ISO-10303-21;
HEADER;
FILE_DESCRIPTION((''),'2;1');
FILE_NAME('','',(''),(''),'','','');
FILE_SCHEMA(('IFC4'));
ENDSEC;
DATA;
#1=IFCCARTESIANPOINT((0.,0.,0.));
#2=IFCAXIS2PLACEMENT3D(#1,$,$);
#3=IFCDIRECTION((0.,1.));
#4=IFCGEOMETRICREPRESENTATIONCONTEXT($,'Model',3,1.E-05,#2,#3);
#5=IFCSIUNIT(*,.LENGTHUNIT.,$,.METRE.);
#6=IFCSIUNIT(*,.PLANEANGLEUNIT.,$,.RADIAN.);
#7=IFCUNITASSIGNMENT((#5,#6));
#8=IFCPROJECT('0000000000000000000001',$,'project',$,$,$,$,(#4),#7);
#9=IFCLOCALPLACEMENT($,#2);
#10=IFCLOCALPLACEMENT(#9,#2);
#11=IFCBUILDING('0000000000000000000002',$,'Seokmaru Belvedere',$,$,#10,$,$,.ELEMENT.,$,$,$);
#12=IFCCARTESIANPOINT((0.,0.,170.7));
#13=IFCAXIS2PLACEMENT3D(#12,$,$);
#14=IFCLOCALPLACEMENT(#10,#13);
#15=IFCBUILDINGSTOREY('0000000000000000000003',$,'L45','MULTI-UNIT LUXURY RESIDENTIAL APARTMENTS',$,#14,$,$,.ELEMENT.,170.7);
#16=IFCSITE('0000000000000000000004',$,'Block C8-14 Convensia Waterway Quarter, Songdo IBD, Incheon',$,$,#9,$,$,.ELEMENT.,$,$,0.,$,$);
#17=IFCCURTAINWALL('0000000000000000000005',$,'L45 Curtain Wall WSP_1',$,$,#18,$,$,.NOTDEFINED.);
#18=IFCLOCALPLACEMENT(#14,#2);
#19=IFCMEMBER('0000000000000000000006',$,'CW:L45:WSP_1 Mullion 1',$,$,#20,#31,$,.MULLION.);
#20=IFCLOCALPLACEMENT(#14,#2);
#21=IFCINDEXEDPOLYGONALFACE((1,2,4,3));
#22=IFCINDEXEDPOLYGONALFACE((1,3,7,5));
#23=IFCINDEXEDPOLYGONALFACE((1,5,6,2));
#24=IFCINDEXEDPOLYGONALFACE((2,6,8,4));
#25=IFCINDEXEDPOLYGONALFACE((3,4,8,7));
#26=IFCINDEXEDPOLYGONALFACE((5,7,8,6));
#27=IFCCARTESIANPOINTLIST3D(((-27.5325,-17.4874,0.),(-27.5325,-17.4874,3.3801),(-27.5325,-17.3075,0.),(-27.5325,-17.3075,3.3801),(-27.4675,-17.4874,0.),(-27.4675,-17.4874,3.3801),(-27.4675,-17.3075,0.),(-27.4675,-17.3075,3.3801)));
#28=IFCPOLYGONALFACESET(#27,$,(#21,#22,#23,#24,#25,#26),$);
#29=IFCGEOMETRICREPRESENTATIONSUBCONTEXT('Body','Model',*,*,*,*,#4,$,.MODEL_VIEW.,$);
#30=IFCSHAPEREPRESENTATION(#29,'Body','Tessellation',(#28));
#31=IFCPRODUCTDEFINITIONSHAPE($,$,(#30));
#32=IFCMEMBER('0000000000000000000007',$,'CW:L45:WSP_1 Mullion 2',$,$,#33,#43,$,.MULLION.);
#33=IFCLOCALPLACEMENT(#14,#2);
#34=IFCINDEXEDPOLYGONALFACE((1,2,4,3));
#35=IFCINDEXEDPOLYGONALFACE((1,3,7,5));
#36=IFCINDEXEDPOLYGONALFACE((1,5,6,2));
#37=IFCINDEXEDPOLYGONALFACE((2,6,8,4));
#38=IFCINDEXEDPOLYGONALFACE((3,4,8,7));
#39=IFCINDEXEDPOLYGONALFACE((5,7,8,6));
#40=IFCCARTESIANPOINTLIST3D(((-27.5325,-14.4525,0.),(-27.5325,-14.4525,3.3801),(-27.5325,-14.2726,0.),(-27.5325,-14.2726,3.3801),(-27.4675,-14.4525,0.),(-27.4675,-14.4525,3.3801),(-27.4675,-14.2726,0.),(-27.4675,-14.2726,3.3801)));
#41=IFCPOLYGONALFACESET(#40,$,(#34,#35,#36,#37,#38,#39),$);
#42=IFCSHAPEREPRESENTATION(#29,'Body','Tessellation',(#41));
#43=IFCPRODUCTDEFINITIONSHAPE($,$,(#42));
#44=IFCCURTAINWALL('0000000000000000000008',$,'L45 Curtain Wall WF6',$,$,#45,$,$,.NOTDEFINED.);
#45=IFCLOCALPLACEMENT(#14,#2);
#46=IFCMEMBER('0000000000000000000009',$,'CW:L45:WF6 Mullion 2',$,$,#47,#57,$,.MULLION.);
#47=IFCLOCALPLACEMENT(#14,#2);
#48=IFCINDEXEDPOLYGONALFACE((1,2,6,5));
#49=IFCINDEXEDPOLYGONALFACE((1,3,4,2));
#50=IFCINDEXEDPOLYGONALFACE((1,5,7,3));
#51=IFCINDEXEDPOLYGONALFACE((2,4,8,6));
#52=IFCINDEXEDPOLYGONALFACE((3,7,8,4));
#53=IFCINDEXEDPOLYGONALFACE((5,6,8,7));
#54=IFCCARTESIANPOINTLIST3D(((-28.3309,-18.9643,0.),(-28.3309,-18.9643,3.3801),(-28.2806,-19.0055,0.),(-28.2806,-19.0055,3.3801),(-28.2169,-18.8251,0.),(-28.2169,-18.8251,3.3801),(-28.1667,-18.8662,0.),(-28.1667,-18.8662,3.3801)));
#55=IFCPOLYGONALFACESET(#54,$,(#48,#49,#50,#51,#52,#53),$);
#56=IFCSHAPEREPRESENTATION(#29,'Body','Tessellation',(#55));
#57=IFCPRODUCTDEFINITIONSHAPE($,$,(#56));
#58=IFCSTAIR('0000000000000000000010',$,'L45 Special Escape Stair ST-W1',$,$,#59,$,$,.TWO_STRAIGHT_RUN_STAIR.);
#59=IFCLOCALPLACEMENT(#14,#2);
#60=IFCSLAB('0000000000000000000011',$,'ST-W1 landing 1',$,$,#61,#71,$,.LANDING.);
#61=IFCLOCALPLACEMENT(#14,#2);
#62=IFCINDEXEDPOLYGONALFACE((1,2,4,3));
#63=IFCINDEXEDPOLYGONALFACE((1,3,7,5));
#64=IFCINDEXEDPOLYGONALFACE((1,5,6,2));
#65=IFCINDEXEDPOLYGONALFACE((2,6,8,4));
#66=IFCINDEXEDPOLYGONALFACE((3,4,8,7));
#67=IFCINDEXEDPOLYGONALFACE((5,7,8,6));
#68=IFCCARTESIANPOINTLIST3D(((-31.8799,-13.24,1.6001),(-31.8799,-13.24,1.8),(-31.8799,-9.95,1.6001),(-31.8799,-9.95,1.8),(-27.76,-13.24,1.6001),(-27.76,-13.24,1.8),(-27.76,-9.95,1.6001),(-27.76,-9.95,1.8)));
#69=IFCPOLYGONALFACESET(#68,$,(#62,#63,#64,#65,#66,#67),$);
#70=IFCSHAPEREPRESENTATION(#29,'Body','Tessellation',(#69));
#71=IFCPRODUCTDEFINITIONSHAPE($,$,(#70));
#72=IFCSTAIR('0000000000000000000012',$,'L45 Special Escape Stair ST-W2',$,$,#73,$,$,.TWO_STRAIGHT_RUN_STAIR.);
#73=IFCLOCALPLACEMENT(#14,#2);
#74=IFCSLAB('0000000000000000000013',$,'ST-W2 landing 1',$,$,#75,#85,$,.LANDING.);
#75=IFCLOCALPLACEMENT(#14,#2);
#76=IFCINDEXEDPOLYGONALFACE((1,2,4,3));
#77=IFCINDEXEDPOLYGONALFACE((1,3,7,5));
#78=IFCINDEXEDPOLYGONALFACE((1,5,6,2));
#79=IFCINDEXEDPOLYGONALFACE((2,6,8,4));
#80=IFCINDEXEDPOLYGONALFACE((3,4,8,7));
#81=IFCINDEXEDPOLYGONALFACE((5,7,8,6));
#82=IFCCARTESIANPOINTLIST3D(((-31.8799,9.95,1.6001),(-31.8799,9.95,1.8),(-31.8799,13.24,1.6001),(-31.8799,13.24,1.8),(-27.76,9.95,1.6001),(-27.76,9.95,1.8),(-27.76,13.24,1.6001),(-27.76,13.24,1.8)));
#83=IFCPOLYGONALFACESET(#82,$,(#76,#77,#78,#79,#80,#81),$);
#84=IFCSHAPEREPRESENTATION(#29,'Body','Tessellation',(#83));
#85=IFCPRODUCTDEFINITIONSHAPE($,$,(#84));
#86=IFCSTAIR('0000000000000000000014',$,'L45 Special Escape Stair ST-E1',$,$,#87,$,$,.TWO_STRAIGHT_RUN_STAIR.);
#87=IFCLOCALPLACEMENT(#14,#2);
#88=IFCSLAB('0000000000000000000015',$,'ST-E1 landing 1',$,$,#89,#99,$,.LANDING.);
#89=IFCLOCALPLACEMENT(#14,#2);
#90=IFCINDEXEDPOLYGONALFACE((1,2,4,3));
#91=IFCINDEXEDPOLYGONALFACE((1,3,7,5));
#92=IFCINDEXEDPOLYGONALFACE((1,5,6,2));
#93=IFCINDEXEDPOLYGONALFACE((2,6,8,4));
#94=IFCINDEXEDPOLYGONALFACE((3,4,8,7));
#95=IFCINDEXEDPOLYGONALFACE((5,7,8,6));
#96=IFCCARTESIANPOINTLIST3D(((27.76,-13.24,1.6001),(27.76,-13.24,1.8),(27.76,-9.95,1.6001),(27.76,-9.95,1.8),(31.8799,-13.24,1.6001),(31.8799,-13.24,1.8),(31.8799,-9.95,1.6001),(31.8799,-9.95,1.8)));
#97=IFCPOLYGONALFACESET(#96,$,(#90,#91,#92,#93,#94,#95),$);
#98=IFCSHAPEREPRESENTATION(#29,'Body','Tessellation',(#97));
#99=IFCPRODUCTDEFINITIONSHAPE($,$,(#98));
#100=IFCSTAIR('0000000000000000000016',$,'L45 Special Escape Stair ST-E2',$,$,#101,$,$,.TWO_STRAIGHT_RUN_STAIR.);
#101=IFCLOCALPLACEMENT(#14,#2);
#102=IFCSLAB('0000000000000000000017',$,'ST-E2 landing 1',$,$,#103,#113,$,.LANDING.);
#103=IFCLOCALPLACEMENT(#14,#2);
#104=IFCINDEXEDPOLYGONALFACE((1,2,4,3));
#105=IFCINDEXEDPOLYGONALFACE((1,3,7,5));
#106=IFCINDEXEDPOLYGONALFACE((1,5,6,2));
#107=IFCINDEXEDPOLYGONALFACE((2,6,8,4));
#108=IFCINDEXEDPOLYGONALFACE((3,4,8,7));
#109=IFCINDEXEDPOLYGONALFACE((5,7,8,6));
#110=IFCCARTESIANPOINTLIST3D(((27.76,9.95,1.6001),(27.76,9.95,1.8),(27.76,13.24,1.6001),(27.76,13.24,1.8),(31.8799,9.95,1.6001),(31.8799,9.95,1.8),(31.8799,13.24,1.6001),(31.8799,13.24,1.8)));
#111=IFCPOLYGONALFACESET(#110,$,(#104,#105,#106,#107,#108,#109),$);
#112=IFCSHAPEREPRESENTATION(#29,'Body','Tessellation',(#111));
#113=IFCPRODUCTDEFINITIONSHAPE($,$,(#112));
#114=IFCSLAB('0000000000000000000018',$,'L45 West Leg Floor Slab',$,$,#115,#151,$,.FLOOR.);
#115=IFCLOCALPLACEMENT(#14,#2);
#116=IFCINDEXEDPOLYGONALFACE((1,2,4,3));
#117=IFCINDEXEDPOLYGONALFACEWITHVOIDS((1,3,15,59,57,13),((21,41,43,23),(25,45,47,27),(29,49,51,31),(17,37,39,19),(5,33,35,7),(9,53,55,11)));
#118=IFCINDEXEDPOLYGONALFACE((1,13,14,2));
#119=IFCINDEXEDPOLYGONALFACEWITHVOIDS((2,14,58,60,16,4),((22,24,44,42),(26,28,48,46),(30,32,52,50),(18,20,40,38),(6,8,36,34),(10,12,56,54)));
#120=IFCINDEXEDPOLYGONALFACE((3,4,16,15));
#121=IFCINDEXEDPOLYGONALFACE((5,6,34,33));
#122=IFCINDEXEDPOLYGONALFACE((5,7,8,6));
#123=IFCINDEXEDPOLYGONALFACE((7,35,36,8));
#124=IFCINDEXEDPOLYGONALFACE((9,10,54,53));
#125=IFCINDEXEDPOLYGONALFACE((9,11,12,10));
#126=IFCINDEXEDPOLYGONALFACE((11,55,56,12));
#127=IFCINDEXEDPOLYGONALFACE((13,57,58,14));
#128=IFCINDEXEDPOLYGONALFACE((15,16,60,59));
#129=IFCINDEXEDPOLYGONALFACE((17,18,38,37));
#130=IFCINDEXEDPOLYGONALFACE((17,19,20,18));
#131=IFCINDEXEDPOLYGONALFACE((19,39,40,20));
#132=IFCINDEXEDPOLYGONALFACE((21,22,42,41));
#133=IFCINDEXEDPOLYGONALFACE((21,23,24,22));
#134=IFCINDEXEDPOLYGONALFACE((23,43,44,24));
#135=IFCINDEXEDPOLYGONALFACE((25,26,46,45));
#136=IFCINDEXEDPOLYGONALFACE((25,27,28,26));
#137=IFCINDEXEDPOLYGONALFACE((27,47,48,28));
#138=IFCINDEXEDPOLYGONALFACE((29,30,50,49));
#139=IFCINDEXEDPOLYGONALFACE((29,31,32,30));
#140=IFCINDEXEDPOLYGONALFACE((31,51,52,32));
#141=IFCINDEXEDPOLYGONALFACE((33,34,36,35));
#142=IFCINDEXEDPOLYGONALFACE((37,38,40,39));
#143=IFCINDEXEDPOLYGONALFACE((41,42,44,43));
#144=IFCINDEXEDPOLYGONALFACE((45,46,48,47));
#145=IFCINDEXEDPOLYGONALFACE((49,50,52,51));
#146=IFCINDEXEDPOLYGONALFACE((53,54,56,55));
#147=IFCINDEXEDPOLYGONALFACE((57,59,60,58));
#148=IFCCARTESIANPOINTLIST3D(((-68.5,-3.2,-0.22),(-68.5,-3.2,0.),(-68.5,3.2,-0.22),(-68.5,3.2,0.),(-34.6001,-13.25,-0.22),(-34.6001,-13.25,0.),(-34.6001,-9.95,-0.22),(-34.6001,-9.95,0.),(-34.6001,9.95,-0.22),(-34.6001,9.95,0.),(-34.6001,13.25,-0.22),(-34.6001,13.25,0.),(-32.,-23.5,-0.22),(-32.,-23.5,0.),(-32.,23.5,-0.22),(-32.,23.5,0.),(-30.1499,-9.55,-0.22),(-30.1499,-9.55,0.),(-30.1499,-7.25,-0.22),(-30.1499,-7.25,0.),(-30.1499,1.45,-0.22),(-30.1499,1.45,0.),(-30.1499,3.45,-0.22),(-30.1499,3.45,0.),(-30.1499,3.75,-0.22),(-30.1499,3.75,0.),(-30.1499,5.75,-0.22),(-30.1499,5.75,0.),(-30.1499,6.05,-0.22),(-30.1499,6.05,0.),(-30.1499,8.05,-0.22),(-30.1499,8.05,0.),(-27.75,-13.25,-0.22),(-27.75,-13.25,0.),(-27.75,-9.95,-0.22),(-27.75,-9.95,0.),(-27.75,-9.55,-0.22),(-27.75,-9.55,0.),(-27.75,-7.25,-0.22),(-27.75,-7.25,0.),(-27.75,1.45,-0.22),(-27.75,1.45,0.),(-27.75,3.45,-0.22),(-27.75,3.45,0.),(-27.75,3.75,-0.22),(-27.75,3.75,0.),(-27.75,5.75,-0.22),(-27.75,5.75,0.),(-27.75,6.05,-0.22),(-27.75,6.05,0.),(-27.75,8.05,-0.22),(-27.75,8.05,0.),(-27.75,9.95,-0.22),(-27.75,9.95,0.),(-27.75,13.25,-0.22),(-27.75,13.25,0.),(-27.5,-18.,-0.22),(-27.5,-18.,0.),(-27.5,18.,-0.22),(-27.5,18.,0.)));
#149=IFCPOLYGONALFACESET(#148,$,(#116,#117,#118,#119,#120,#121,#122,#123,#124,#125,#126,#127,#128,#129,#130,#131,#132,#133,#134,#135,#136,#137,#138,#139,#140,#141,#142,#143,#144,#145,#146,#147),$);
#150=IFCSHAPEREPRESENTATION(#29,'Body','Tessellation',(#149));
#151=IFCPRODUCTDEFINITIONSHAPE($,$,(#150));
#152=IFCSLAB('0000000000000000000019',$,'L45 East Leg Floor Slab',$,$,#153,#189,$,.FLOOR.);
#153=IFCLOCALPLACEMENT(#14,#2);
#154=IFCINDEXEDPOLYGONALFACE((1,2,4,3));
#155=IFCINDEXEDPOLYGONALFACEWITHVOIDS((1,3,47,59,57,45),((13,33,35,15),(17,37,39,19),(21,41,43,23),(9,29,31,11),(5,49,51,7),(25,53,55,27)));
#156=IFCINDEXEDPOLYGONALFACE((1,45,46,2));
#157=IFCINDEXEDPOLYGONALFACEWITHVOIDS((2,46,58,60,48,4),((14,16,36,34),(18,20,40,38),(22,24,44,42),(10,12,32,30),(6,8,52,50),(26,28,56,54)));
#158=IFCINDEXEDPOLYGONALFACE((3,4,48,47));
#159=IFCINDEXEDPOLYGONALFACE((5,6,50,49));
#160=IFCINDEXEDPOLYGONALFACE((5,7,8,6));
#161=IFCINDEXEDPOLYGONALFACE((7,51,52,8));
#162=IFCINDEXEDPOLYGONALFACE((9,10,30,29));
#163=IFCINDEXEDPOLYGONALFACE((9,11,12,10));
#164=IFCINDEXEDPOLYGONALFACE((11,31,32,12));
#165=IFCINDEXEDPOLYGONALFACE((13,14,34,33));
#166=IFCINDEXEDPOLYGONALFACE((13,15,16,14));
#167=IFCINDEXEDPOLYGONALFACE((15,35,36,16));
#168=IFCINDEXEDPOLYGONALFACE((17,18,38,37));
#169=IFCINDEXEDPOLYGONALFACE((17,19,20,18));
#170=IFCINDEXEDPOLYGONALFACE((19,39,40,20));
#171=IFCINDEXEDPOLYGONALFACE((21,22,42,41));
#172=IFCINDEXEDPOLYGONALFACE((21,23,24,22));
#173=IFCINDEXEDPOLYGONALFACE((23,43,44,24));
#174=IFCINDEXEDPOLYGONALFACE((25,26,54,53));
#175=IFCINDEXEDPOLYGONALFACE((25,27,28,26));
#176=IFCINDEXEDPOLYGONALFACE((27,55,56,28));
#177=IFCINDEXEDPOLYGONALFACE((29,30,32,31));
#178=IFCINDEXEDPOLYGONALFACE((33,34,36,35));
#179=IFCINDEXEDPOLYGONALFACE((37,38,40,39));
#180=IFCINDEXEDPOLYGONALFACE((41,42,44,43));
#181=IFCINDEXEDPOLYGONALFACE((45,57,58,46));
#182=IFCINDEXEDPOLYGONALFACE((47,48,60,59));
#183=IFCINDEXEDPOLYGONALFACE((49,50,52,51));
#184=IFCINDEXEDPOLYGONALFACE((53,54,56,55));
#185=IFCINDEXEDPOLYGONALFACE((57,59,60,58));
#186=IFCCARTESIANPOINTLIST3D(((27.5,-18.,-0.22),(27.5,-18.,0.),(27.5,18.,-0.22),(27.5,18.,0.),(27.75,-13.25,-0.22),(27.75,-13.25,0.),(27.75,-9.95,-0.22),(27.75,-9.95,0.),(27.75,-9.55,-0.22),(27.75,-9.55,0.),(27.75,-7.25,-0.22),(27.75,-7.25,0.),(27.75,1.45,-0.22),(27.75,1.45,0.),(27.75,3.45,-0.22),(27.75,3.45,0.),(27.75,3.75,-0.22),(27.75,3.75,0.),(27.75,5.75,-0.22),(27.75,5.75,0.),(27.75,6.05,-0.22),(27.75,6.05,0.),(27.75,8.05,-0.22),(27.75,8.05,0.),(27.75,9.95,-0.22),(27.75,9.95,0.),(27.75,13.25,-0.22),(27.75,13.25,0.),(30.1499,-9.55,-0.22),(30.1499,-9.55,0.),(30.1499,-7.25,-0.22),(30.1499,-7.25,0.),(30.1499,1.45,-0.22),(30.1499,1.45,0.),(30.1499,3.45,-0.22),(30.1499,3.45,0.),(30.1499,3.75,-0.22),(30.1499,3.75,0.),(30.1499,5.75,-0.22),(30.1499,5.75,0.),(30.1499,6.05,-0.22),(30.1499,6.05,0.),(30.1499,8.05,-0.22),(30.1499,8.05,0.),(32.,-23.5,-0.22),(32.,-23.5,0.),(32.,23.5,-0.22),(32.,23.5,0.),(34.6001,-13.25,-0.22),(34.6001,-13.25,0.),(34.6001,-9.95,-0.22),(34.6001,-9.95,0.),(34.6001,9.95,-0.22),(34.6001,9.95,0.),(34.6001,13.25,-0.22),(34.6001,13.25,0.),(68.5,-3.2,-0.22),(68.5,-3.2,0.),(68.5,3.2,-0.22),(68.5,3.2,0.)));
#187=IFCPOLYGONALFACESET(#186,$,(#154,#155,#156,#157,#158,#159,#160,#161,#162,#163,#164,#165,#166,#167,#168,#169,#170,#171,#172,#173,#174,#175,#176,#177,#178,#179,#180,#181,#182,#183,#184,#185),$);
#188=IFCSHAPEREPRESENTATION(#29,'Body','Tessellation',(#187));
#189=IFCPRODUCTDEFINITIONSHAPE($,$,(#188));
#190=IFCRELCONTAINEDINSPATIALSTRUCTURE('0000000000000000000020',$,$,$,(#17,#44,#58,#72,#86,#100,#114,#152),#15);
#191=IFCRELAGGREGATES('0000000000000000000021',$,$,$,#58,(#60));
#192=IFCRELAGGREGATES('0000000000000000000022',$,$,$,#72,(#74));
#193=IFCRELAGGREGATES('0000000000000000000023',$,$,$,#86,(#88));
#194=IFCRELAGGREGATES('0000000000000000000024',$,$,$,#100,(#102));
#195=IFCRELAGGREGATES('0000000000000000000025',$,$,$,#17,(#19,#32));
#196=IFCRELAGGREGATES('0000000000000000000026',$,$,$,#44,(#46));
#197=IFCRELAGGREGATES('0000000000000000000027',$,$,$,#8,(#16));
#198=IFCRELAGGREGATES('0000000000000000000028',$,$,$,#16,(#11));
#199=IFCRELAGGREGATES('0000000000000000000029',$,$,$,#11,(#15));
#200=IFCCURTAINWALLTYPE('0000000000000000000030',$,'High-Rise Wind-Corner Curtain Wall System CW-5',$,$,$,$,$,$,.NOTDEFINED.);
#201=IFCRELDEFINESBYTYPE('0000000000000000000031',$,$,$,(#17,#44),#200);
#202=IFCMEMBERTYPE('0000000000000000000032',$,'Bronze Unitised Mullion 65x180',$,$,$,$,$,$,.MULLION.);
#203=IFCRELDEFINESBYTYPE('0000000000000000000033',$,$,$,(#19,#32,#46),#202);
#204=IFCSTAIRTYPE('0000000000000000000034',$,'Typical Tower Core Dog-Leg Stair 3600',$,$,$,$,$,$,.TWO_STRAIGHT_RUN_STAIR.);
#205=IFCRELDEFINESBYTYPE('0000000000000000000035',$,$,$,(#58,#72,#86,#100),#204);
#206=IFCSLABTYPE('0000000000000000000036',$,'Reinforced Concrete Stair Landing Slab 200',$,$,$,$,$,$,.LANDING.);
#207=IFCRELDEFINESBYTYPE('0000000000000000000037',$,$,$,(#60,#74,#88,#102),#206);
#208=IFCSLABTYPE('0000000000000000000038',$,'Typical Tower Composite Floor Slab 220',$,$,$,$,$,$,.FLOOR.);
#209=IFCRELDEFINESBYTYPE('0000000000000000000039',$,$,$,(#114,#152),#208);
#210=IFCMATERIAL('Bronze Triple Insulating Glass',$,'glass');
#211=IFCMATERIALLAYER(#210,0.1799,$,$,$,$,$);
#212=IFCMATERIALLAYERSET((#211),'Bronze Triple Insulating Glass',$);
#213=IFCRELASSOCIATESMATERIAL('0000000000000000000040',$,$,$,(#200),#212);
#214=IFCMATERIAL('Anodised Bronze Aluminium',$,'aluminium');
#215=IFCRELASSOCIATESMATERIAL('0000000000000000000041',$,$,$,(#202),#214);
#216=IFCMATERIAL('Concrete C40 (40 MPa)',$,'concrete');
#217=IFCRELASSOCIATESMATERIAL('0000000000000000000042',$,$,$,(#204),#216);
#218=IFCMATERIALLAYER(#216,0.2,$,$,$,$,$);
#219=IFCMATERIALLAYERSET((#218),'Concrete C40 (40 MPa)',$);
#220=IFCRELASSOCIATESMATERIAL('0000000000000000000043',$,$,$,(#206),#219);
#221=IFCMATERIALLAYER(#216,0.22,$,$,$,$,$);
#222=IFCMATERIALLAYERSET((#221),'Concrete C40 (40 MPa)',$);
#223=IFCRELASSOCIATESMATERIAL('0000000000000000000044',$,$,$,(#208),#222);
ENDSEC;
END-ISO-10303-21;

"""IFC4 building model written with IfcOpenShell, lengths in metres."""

from ifc_helpers import new_model, si_unit, direction, frame, origin, origin_2d, place, context, subcontext, project, spatial, polyline, rectangle, outline, extrude, source, transform, mapped, material, layer, layer_set, material_profile, profile_set, type_object, type_shapes, element, aggregate, save


model = new_model("IFC4")

# Units and contexts
model_context = context("Model", 3, precision=1e-05, world=origin(), true_north=direction((0.0, 1.0)))
body_context = subcontext(model_context, "Body", "Model", "MODEL_VIEW")
ifc_project = project(units=[si_unit("LENGTHUNIT", "METRE"), si_unit("PLANEANGLEUNIT", "RADIAN")], contexts=[model_context])

# Site, building, storey
site_placement = place(None, origin())
site = spatial("IfcSite", under=ifc_project, at=site_placement, Name="Block C8-14 Convensia Waterway Quarter, Songdo IBD, Incheon", CompositionType="ELEMENT", RefElevation=0.0)
building_placement = place(site_placement, origin())
building = spatial("IfcBuilding", under=site, at=building_placement, Name="Seokmaru Belvedere", CompositionType="ELEMENT")
storey_placement = place(building_placement, frame((0.0, 0.0, 170.7)))
storey = spatial("IfcBuildingStorey", under=building, at=storey_placement, Name="L45", Description="MULTI-UNIT LUXURY RESIDENTIAL APARTMENTS", CompositionType="ELEMENT", Elevation=170.7)

# Curtain wall, members
ifc_material_1 = material(Name="Bronze Triple Insulating Glass", Category="glass")
ifc_layer_1 = layer(ifc_material_1, 0.1799)
ifc_layer_set_1 = layer_set([ifc_layer_1], Name="Bronze Triple Insulating Glass")
curtain_wall_type = type_object("IfcCurtainWallType", Name="High-Rise Wind-Corner Curtain Wall System CW-5", PredefinedType="NOTDEFINED", material=ifc_layer_set_1)
curtain_wall_1_placement = place(storey_placement, origin())
curtain_wall_1 = element("IfcCurtainWall", 1, at=curtain_wall_1_placement, inside=storey, type_object=curtain_wall_type, Name="L45 Curtain Wall WSP_1", PredefinedType="NOTDEFINED")
ifc_material_2 = material(Name="Anodised Bronze Aluminium", Category="aluminium")
ifc_material_profile_1 = material_profile(ifc_material_2, rectangle(XDim=0.0649, YDim=0.1799, at=origin_2d()), Name="CW-M-65x180")
ifc_profile_set_1 = profile_set([ifc_material_profile_1], Name="Anodised Bronze Aluminium")
member_type_1 = type_object("IfcMemberType", Name="Bronze Unitised Mullion 65x180", PredefinedType="MULLION", material=ifc_profile_set_1)
shared_shape_1 = source(origin(), body_context, "Body", "SweptSolid", [
    extrude(rectangle(XDim=0.0649, YDim=0.1799, at=origin_2d()), origin(), (0.0, 0.0, 1.0), 3.3801),
])
type_shapes(member_type_1, [shared_shape_1])
member_1_placement = place(storey_placement, frame((-27.5, -17.3975, 0.0), z_axis=(0.0, 0.0, 1.0), x_axis=(-1.0, 0.0, 0.0)))
member_1 = element("IfcMember", 2, at=member_1_placement, type_object=member_type_1, Name="CW:L45:WSP_1 Mullion 1", PredefinedType="MULLION", context=body_context, shape_type="MappedRepresentation", body=[
    mapped(shared_shape_1, transform((0.0, 0.0, 0.0), scale=1.0)),
])
member_2_placement = place(storey_placement, frame((-27.5, -14.3625, 0.0), z_axis=(0.0, 0.0, 1.0), x_axis=(-1.0, 0.0, 0.0)))
member_2 = element("IfcMember", 3, at=member_2_placement, type_object=member_type_1, Name="CW:L45:WSP_1 Mullion 2", PredefinedType="MULLION", context=body_context, shape_type="MappedRepresentation", body=[
    mapped(shared_shape_1, transform((0.0, 0.0, 0.0), scale=1.0)),
])

# Curtain wall, member
curtain_wall_2_placement = place(storey_placement, origin())
curtain_wall_2 = element("IfcCurtainWall", 4, at=curtain_wall_2_placement, inside=storey, type_object=curtain_wall_type, Name="L45 Curtain Wall WF6", PredefinedType="NOTDEFINED")
member_3_placement = place(storey_placement, frame((-28.2488, -18.9153, 0.0), z_axis=(0.0, 0.0, 1.0), x_axis=(-0.773944, 0.633254, 0.0)))
member_3 = element("IfcMember", 5, at=member_3_placement, type_object=member_type_1, Name="CW:L45:WF6 Mullion 2", PredefinedType="MULLION", context=body_context, shape_type="MappedRepresentation", body=[
    mapped(shared_shape_1, transform((0.0, 0.0, 0.0), scale=1.0)),
])

# Stairs, slabs
ifc_material_3 = material(Name="Concrete C40 (40 MPa)", Category="concrete")
stair_type = type_object("IfcStairType", Name="Typical Tower Core Dog-Leg Stair 3600", PredefinedType="TWO_STRAIGHT_RUN_STAIR", material=ifc_material_3)
stair_1_placement = place(storey_placement, origin())
stair_1 = element("IfcStair", 6, at=stair_1_placement, inside=storey, type_object=stair_type, Name="L45 Special Escape Stair ST-W1", PredefinedType="TWO_STRAIGHT_RUN_STAIR")
ifc_layer_2 = layer(ifc_material_3, 0.2)
ifc_layer_set_2 = layer_set([ifc_layer_2], Name="Concrete C40 (40 MPa)")
slab_type_1 = type_object("IfcSlabType", Name="Reinforced Concrete Stair Landing Slab 200", PredefinedType="LANDING", material=ifc_layer_set_2)
slab_1_placement = place(storey_placement, frame((0.0, 0.0, 1.6001)))
slab_1 = element("IfcSlab", 7, at=slab_1_placement, type_object=slab_type_1, Name="ST-W1 landing 1", PredefinedType="LANDING", context=body_context, shape_type="SweptSolid", body=[
    extrude(outline(polyline([(-31.8799, -13.24), (-27.76, -13.24), (-27.76, -9.95), (-31.8799, -9.95), (-31.8799, -13.24)])), origin(), (0.0, 0.0, 1.0), 0.2),
])
aggregate(stair_1, [slab_1])
stair_2_placement = place(storey_placement, origin())
stair_2 = element("IfcStair", 8, at=stair_2_placement, inside=storey, type_object=stair_type, Name="L45 Special Escape Stair ST-W2", PredefinedType="TWO_STRAIGHT_RUN_STAIR")
slab_2_placement = place(storey_placement, frame((0.0, 0.0, 1.6001)))
slab_2 = element("IfcSlab", 9, at=slab_2_placement, type_object=slab_type_1, Name="ST-W2 landing 1", PredefinedType="LANDING", context=body_context, shape_type="SweptSolid", body=[
    extrude(outline(polyline([(-31.8799, 9.95), (-27.76, 9.95), (-27.76, 13.24), (-31.8799, 13.24), (-31.8799, 9.95)])), origin(), (0.0, 0.0, 1.0), 0.2),
])
aggregate(stair_2, [slab_2])
stair_3_placement = place(storey_placement, origin())
stair_3 = element("IfcStair", 10, at=stair_3_placement, inside=storey, type_object=stair_type, Name="L45 Special Escape Stair ST-E1", PredefinedType="TWO_STRAIGHT_RUN_STAIR")
slab_3_placement = place(storey_placement, frame((0.0, 0.0, 1.6001)))
slab_3 = element("IfcSlab", 11, at=slab_3_placement, type_object=slab_type_1, Name="ST-E1 landing 1", PredefinedType="LANDING", context=body_context, shape_type="SweptSolid", body=[
    extrude(outline(polyline([(27.76, -13.24), (31.8799, -13.24), (31.8799, -9.95), (27.76, -9.95), (27.76, -13.24)])), origin(), (0.0, 0.0, 1.0), 0.2),
])
aggregate(stair_3, [slab_3])
stair_4_placement = place(storey_placement, origin())
stair_4 = element("IfcStair", 12, at=stair_4_placement, inside=storey, type_object=stair_type, Name="L45 Special Escape Stair ST-E2", PredefinedType="TWO_STRAIGHT_RUN_STAIR")
slab_4_placement = place(storey_placement, frame((0.0, 0.0, 1.6001)))
slab_4 = element("IfcSlab", 13, at=slab_4_placement, type_object=slab_type_1, Name="ST-E2 landing 1", PredefinedType="LANDING", context=body_context, shape_type="SweptSolid", body=[
    extrude(outline(polyline([(27.76, 9.95), (31.8799, 9.95), (31.8799, 13.24), (27.76, 13.24), (27.76, 9.95)])), origin(), (0.0, 0.0, 1.0), 0.2),
])
aggregate(stair_4, [slab_4])

# Slabs
ifc_layer_3 = layer(ifc_material_3, 0.22)
ifc_layer_set_3 = layer_set([ifc_layer_3], Name="Concrete C40 (40 MPa)")
slab_type_2 = type_object("IfcSlabType", Name="Typical Tower Composite Floor Slab 220", PredefinedType="FLOOR", material=ifc_layer_set_3)
slab_5_placement = place(storey_placement, frame((0.0, 0.0, -0.22)))
element("IfcSlab", 14, at=slab_5_placement, inside=storey, type_object=slab_type_2, Name="L45 West Leg Floor Slab", PredefinedType="FLOOR", context=body_context, shape_type="SweptSolid", body=[
    extrude(outline(polyline([(-27.5, -18.0), (-27.5, 18.0), (-32.0, 23.5), (-68.5, 3.2), (-68.5, -3.2), (-32.0, -23.5), (-27.5, -18.0)]), holes=[polyline([(-34.6001, -13.25), (-27.75, -13.25), (-27.75, -9.95), (-34.6001, -9.95), (-34.6001, -13.25)]), polyline([(-34.6001, 9.95), (-27.75, 9.95), (-27.75, 13.25), (-34.6001, 13.25), (-34.6001, 9.95)]), polyline([(-30.1499, -9.55), (-27.75, -9.55), (-27.75, -7.25), (-30.1499, -7.25), (-30.1499, -9.55)]), polyline([(-30.1499, 1.45), (-27.75, 1.45), (-27.75, 3.45), (-30.1499, 3.45), (-30.1499, 1.45)]), polyline([(-30.1499, 3.75), (-27.75, 3.75), (-27.75, 5.75), (-30.1499, 5.75), (-30.1499, 3.75)]), polyline([(-30.1499, 6.05), (-27.75, 6.05), (-27.75, 8.05), (-30.1499, 8.05), (-30.1499, 6.05)])]), origin(), (0.0, 0.0, 1.0), 0.22),
])
slab_6_placement = place(storey_placement, frame((0.0, 0.0, -0.22)))
element("IfcSlab", 15, at=slab_6_placement, inside=storey, type_object=slab_type_2, Name="L45 East Leg Floor Slab", PredefinedType="FLOOR", context=body_context, shape_type="SweptSolid", body=[
    extrude(outline(polyline([(32.0, -23.5), (68.5, -3.2), (68.5, 3.2), (32.0, 23.5), (27.5, 18.0), (27.5, -18.0), (32.0, -23.5)]), holes=[polyline([(27.75, -13.25), (34.6001, -13.25), (34.6001, -9.95), (27.75, -9.95), (27.75, -13.25)]), polyline([(27.75, 9.95), (34.6001, 9.95), (34.6001, 13.25), (27.75, 13.25), (27.75, 9.95)]), polyline([(27.75, -9.55), (30.1499, -9.55), (30.1499, -7.25), (27.75, -7.25), (27.75, -9.55)]), polyline([(27.75, 1.45), (30.1499, 1.45), (30.1499, 3.45), (27.75, 3.45), (27.75, 1.45)]), polyline([(27.75, 3.75), (30.1499, 3.75), (30.1499, 5.75), (27.75, 5.75), (27.75, 3.75)]), polyline([(27.75, 6.05), (30.1499, 6.05), (30.1499, 8.05), (27.75, 8.05), (27.75, 6.05)])]), origin(), (0.0, 0.0, 1.0), 0.22),
])

aggregate(curtain_wall_1, [member_1, member_2])
aggregate(curtain_wall_2, [member_3])

save(model, "model.ifc")
